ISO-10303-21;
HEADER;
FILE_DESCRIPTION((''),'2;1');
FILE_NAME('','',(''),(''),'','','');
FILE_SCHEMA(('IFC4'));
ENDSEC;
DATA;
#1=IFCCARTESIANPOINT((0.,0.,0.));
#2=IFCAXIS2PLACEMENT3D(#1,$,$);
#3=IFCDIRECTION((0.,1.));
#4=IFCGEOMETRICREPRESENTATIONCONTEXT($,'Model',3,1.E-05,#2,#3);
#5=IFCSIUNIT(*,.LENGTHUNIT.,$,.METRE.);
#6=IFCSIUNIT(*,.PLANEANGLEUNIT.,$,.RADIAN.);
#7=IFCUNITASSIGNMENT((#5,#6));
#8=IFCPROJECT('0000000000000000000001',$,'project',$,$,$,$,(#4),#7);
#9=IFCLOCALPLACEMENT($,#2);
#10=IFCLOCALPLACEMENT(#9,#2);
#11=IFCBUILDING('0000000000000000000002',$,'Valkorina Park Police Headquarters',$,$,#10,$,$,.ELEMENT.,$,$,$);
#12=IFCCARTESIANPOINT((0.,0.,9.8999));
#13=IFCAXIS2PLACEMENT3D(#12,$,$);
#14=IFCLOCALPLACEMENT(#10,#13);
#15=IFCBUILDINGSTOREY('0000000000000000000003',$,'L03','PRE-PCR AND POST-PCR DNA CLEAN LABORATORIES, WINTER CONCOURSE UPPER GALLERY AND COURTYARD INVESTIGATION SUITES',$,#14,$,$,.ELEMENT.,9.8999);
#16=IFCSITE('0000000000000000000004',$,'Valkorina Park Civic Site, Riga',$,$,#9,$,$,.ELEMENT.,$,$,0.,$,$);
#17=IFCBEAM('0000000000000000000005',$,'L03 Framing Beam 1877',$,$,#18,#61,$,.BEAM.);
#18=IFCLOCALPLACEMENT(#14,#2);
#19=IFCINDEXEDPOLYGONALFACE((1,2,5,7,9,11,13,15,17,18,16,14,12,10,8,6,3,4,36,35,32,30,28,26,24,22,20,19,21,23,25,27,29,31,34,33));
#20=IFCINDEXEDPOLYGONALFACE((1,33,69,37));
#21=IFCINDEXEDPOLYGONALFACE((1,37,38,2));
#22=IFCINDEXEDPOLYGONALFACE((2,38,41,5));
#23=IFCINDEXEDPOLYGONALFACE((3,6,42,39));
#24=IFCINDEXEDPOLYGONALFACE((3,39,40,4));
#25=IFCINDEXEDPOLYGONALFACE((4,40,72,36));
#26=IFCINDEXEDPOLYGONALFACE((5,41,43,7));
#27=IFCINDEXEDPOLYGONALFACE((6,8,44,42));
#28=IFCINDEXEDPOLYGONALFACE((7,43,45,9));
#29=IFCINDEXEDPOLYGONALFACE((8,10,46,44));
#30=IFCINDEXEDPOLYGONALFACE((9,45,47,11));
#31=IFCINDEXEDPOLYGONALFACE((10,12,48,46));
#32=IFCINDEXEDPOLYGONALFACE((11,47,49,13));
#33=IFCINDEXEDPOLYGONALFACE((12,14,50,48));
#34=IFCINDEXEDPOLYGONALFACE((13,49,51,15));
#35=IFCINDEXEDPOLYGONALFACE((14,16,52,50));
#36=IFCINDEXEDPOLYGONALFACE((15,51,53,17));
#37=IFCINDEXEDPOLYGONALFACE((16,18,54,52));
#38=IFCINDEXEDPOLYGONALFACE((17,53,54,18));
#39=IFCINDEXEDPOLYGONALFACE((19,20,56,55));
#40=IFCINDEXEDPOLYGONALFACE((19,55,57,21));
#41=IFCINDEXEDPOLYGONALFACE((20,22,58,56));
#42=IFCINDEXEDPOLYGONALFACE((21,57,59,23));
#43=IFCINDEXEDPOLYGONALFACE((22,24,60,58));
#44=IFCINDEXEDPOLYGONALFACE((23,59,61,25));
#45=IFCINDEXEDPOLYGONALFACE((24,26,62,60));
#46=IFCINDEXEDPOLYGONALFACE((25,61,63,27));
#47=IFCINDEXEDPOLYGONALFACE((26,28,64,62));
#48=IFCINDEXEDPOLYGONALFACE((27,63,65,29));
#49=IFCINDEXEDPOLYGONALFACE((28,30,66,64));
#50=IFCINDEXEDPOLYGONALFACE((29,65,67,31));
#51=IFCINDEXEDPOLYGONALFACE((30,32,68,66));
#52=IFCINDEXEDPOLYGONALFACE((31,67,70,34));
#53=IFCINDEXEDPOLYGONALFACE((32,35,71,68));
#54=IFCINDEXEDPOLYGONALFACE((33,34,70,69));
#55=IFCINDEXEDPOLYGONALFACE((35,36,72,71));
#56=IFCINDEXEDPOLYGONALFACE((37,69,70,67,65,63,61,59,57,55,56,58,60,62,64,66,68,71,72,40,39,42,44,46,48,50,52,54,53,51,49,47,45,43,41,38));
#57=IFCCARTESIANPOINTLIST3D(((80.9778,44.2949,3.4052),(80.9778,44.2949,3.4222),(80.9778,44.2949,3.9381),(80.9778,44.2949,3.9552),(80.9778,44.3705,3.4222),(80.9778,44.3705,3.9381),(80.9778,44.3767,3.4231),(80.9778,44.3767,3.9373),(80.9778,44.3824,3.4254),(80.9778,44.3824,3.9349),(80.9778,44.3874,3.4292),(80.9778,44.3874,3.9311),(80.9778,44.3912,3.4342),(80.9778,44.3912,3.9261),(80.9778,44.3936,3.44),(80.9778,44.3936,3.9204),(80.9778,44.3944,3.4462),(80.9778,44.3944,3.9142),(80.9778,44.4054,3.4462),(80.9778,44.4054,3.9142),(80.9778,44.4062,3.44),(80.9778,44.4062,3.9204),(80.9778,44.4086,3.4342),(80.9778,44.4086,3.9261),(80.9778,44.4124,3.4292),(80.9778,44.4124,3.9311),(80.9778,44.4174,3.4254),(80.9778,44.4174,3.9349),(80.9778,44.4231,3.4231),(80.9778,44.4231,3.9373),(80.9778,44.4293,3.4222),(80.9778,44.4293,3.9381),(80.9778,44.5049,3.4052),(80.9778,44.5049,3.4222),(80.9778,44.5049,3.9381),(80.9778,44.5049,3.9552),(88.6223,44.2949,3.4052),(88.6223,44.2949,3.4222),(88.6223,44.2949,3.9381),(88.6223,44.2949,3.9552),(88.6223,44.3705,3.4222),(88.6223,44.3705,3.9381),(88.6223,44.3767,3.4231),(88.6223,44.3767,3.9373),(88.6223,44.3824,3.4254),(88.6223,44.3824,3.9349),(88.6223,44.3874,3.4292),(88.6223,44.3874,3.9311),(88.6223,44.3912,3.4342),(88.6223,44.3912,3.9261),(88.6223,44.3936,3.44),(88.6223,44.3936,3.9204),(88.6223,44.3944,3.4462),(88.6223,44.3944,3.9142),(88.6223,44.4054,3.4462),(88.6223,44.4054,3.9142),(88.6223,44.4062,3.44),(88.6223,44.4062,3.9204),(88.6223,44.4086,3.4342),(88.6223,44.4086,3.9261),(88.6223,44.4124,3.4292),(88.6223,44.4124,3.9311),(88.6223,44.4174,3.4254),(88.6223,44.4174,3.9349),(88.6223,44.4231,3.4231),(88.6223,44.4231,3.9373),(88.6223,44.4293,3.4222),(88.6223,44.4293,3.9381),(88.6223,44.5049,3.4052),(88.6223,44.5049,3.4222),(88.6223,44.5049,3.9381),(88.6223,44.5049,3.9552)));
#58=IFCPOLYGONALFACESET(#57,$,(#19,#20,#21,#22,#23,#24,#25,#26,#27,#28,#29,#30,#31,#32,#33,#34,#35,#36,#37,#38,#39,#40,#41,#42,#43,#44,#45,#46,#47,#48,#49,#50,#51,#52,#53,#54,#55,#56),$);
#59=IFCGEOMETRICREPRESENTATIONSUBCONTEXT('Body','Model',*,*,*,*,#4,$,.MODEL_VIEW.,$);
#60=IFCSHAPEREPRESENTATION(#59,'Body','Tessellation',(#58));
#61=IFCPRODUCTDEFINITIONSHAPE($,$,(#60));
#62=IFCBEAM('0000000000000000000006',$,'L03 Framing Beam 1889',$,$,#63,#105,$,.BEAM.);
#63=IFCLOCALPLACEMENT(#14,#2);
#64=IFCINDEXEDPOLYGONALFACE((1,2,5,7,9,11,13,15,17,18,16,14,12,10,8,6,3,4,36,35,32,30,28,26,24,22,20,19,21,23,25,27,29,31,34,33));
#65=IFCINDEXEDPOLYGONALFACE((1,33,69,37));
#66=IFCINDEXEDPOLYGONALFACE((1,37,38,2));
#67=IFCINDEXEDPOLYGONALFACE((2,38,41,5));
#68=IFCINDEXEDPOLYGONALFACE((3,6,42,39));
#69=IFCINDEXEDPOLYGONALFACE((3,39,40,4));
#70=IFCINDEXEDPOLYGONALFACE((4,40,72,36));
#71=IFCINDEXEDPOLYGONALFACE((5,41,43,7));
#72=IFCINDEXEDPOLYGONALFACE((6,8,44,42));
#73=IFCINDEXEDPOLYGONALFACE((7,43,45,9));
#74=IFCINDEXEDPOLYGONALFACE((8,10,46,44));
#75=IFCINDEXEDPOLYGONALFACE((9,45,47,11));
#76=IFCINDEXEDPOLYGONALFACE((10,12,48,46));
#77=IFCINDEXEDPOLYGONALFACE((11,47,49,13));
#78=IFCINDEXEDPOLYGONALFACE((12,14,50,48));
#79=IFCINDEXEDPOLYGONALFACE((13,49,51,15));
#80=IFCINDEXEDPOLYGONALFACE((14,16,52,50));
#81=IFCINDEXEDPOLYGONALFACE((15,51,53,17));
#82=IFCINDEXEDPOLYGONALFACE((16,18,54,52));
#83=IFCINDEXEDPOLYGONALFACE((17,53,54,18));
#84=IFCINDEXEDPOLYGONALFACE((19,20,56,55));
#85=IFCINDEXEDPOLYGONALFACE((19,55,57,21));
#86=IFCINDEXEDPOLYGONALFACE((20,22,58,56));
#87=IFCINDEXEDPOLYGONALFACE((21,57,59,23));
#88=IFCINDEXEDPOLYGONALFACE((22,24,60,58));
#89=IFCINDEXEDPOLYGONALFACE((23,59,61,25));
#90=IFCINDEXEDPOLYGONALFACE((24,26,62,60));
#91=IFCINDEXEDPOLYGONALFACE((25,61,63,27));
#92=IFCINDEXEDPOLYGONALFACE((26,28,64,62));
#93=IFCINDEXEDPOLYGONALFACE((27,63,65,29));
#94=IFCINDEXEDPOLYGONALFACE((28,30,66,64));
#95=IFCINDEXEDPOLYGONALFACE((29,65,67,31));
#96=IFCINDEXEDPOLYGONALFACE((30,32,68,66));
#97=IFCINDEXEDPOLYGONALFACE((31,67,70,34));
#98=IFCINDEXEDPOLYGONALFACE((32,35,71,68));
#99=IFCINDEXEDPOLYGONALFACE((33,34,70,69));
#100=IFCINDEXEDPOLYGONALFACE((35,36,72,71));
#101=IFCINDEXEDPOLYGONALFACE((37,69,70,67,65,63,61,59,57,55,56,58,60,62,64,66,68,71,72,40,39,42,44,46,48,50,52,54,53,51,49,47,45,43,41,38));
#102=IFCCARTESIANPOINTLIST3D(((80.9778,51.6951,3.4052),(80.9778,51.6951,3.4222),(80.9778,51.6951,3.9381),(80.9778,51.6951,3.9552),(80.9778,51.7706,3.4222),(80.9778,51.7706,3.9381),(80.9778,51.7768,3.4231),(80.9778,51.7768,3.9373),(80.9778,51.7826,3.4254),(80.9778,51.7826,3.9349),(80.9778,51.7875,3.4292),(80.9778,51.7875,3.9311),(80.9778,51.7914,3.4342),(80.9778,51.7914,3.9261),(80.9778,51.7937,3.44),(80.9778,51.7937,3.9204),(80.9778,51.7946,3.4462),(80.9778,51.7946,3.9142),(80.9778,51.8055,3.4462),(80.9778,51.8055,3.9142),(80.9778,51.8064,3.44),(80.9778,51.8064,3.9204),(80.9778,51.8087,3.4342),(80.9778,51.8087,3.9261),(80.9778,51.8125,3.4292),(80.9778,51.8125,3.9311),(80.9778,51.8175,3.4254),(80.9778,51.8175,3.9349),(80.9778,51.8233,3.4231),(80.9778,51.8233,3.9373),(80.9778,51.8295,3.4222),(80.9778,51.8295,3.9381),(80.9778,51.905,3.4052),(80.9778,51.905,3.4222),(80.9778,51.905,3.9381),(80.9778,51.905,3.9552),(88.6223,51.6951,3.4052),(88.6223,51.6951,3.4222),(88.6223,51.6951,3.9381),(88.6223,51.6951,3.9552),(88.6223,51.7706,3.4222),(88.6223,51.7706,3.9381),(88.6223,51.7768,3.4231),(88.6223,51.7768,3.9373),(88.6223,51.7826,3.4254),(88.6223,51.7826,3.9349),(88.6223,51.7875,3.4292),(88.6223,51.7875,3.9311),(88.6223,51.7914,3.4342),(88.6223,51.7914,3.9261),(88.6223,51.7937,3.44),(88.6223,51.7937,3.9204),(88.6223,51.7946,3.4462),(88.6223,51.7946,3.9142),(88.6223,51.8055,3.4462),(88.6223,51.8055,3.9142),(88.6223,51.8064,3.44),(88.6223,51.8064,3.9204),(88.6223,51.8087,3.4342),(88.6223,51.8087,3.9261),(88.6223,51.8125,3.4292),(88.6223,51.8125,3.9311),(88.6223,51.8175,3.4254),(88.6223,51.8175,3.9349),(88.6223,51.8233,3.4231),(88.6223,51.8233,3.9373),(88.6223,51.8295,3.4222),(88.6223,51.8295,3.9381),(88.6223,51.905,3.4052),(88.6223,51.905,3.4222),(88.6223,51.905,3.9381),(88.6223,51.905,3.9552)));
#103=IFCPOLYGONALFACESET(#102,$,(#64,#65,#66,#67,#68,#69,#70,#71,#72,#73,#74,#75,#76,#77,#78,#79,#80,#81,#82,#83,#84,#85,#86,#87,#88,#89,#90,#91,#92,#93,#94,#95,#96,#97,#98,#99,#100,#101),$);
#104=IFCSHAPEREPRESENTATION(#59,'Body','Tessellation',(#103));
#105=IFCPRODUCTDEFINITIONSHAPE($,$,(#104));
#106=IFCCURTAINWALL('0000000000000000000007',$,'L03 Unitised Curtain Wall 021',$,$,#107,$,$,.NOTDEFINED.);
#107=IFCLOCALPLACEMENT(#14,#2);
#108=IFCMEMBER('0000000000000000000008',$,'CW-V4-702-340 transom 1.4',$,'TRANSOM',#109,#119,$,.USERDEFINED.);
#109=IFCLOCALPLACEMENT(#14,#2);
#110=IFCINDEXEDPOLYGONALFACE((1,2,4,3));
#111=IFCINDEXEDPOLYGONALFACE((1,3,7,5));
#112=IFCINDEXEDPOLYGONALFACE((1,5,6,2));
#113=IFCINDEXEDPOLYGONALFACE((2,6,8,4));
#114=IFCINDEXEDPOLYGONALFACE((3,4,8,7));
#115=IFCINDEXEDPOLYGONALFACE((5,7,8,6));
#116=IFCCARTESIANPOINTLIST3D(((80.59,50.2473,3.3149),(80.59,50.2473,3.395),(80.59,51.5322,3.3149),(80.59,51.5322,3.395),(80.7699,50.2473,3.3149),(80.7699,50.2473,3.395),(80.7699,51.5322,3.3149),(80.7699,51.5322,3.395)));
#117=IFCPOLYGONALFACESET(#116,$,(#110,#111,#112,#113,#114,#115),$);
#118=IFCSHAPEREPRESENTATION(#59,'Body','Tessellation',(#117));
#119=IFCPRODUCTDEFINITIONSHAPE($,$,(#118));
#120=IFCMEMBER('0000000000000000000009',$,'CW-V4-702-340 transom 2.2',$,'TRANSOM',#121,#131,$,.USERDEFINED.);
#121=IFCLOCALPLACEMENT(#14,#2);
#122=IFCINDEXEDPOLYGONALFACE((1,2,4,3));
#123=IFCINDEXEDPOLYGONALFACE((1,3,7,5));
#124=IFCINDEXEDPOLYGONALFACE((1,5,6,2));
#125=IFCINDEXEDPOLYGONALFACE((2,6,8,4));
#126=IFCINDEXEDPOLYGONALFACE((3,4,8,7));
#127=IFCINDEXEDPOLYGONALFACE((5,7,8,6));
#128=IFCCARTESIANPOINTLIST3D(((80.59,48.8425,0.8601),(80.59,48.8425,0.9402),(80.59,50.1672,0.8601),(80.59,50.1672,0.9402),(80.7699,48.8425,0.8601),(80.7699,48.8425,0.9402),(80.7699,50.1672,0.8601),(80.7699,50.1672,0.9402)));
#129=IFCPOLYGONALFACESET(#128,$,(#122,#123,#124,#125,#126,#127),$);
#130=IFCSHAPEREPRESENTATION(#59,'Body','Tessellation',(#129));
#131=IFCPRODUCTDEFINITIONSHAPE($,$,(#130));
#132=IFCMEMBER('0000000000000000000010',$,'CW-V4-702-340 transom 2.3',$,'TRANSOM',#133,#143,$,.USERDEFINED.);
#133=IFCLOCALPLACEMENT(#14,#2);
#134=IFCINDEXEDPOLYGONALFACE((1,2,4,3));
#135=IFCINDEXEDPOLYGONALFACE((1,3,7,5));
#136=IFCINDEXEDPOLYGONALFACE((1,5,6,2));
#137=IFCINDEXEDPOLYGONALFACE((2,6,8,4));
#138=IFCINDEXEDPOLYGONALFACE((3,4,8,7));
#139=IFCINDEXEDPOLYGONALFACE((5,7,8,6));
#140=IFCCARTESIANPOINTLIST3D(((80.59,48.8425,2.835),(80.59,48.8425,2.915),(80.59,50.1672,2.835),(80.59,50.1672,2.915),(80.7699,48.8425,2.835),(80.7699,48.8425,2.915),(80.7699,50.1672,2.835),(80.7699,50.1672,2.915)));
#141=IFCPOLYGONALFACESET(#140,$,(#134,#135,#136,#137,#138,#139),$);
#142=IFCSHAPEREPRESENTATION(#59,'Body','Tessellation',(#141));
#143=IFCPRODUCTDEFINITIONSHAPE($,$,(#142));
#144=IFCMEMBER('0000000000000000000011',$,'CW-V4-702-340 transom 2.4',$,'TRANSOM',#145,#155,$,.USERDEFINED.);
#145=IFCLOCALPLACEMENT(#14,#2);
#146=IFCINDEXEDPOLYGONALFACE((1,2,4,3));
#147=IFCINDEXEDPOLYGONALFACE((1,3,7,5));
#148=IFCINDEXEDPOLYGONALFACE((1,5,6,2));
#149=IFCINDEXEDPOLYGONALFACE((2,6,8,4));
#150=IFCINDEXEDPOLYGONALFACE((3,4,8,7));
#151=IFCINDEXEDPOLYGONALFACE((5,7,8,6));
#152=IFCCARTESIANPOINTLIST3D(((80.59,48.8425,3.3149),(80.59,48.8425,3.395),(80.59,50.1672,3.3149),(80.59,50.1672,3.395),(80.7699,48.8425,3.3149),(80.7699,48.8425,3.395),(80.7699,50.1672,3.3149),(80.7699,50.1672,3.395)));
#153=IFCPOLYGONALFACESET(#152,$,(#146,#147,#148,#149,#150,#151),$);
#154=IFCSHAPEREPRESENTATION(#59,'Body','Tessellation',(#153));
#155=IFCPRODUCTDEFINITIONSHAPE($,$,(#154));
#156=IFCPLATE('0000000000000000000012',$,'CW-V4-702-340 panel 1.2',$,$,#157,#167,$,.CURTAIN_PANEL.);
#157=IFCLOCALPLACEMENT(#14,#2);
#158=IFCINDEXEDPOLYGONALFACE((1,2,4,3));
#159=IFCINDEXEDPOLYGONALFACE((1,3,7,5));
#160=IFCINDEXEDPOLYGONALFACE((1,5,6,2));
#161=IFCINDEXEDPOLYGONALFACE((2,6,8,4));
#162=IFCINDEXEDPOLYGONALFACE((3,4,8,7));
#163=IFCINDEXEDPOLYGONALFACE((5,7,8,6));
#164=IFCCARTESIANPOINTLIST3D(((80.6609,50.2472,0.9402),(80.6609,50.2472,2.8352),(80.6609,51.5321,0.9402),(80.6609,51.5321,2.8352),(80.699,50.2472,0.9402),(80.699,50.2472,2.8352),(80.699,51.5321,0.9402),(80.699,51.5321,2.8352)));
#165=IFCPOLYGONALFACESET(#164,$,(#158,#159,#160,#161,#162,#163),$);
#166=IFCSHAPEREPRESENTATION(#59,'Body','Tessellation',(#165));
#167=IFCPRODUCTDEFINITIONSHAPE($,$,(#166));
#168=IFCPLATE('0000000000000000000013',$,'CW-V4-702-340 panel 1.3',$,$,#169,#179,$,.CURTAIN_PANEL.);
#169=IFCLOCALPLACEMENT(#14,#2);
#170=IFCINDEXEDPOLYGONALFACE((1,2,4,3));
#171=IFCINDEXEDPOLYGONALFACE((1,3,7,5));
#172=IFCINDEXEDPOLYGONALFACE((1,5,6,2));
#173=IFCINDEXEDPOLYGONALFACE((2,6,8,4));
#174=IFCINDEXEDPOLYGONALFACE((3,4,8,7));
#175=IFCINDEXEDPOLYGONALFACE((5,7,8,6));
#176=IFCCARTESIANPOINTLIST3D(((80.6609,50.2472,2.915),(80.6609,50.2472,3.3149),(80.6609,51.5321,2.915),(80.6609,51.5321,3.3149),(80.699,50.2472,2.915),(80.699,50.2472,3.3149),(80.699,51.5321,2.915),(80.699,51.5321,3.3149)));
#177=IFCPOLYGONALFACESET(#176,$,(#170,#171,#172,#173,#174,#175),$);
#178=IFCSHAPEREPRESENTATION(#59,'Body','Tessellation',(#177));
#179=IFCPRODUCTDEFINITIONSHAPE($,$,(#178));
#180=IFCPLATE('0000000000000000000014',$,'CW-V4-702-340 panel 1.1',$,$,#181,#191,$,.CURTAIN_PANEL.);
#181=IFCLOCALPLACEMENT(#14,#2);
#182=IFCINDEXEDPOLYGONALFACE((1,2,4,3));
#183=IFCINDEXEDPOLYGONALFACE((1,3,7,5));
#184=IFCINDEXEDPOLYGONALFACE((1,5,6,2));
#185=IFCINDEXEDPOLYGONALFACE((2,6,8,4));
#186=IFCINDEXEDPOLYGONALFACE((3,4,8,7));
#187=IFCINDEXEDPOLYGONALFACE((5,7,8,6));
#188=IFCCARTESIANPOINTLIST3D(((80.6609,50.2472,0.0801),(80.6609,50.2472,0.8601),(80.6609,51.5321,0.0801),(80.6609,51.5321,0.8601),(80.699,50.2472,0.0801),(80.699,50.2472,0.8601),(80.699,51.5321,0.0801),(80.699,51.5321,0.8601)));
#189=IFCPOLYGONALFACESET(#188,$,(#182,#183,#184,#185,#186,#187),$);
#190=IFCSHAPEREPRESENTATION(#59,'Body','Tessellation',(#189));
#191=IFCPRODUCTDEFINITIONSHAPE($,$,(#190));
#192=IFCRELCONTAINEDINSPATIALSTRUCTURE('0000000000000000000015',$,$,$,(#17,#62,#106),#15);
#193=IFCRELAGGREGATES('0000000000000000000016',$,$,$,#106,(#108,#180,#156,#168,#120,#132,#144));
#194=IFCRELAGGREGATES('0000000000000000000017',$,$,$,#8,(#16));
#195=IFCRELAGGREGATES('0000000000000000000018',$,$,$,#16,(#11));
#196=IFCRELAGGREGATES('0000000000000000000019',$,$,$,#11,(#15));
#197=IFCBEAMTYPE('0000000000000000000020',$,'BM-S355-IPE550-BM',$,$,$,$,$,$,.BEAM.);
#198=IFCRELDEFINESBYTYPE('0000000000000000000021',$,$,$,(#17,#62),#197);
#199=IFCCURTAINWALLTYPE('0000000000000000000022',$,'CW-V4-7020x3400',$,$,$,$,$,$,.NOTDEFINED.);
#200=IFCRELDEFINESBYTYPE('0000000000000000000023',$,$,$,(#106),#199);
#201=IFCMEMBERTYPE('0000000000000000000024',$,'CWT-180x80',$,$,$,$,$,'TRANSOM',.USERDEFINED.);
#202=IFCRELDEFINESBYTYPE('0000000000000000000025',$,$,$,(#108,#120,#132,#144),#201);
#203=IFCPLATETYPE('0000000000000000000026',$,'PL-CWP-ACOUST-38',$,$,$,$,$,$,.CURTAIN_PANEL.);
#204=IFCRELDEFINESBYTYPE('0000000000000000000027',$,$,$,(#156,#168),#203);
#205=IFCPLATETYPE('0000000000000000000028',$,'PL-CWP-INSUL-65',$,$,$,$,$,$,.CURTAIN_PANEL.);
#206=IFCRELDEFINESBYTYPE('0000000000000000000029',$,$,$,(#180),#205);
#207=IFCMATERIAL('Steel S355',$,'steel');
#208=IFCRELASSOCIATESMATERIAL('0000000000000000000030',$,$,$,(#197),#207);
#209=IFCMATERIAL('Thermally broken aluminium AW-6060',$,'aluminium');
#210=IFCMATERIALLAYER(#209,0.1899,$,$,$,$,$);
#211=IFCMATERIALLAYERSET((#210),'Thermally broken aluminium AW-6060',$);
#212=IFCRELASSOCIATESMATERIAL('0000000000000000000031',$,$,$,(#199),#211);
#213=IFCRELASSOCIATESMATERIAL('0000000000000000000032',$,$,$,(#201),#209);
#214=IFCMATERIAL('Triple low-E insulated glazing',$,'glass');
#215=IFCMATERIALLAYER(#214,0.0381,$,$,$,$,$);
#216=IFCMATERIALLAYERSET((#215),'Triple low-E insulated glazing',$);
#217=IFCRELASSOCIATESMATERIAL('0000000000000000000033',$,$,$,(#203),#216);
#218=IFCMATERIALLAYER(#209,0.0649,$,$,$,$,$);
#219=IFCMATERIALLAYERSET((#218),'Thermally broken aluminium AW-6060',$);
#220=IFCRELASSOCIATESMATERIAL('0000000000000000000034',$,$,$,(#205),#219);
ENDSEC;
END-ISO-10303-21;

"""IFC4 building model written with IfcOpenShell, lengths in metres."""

from ifc_helpers import new_model, si_unit, direction, frame, origin, origin_2d, place, context, subcontext, project, spatial, rectangle, i_section, extrude, material, layer, layer_set, material_profile, profile_set, type_object, element, aggregate, save


model = new_model("IFC4")

# Units and contexts
model_context = context("Model", 3, precision=1e-05, world=origin(), true_north=direction((0.0, 1.0)))
body_context = subcontext(model_context, "Body", "Model", "MODEL_VIEW")
ifc_project = project(units=[si_unit("LENGTHUNIT", "METRE"), si_unit("PLANEANGLEUNIT", "RADIAN")], contexts=[model_context])

# Site, building, storey
site_placement = place(None, origin())
site = spatial("IfcSite", under=ifc_project, at=site_placement, Name="Valkorina Park Civic Site, Riga", CompositionType="ELEMENT", RefElevation=0.0)
building_placement = place(site_placement, origin())
building = spatial("IfcBuilding", under=site, at=building_placement, Name="Valkorina Park Police Headquarters", CompositionType="ELEMENT")
storey_placement = place(building_placement, frame((0.0, 0.0, 9.8999)))
storey = spatial("IfcBuildingStorey", under=building, at=storey_placement, Name="L03", Description="PRE-PCR AND POST-PCR DNA CLEAN LABORATORIES, WINTER CONCOURSE UPPER GALLERY AND COURTYARD INVESTIGATION SUITES", CompositionType="ELEMENT", Elevation=9.8999)

# Shared definitions
ifc_material_1 = material(Name="Steel S355", Category="steel")

# Beams
ifc_material_profile_1 = material_profile(ifc_material_1, i_section(OverallWidth=0.21, OverallDepth=0.55, WebThickness=0.011, FlangeThickness=0.0171, FilletRadius=0.0239, at=origin_2d()), Name="IPE 550")
ifc_profile_set_1 = profile_set([ifc_material_profile_1], Name="Steel S355")
beam_type_1 = type_object("IfcBeamType", Name="BM-S355-IPE550-BM", PredefinedType="BEAM", material=ifc_profile_set_1)
for number, where, z_axis, x_axis, name in (
    (1, (80.9778, 44.3999, 3.6802), (1.0, 0.0, 0.0), (0.0, 1.0, 0.0), "L03 Framing Beam 1877"),
    (2, (80.9778, 51.8, 3.6802), (1.0, 0.0, 0.0), (0.0, 1.0, 0.0), "L03 Framing Beam 1889"),
):
    element("IfcBeam", number, at=place(storey_placement, frame(where, z_axis=z_axis, x_axis=x_axis)), inside=storey, type_object=beam_type_1, Name=name, PredefinedType="BEAM", context=body_context, shape_type="SweptSolid", body=[
        extrude(i_section(OverallWidth=0.21, OverallDepth=0.55, WebThickness=0.011, FlangeThickness=0.0171, FilletRadius=0.0239, at=origin_2d()), origin(), (0.0, 0.0, 1.0), 7.6445),
    ])

# Curtain wall, members, plates
ifc_material_2 = material(Name="Thermally broken aluminium AW-6060", Category="aluminium")
ifc_layer_1 = layer(ifc_material_2, 0.1899)
ifc_layer_set_1 = layer_set([ifc_layer_1], Name="Thermally broken aluminium AW-6060")
curtain_wall_type = type_object("IfcCurtainWallType", Name="CW-V4-7020x3400", PredefinedType="NOTDEFINED", material=ifc_layer_set_1)
curtain_wall_placement = place(storey_placement, origin())
curtain_wall = element("IfcCurtainWall", 3, at=curtain_wall_placement, inside=storey, type_object=curtain_wall_type, Name="L03 Unitised Curtain Wall 021", PredefinedType="NOTDEFINED")
ifc_material_profile_2 = material_profile(ifc_material_2, rectangle(XDim=0.1799, YDim=0.0801, at=origin_2d()), Name="CWT-03 180x80")
ifc_profile_set_2 = profile_set([ifc_material_profile_2], Name="Thermally broken aluminium AW-6060")
member_type = type_object("IfcMemberType", Name="CWT-180x80", ElementType="TRANSOM", PredefinedType="USERDEFINED", material=ifc_profile_set_2)
member_1_placement = place(storey_placement, frame((80.6799, 51.5322, 3.355), z_axis=(0.0, -1.0, 0.0), x_axis=(1.0, 0.0, 0.0)))
member_1 = element("IfcMember", 4, at=member_1_placement, type_object=member_type, Name="CW-V4-702-340 transom 1.4", ObjectType="TRANSOM", PredefinedType="USERDEFINED", context=body_context, shape_type="SweptSolid", body=[
    extrude(rectangle(XDim=0.1799, YDim=0.0801, at=origin_2d()), origin(), (0.0, 0.0, 1.0), 1.2849),
])
member_2_placement = place(storey_placement, frame((80.6799, 50.1672, 0.9001), z_axis=(0.0, -1.0, 0.0), x_axis=(1.0, 0.0, 0.0)))
member_2 = element("IfcMember", 5, at=member_2_placement, type_object=member_type, Name="CW-V4-702-340 transom 2.2", ObjectType="TRANSOM", PredefinedType="USERDEFINED", context=body_context, shape_type="SweptSolid", body=[
    extrude(rectangle(XDim=0.1799, YDim=0.0801, at=origin_2d()), origin(), (0.0, 0.0, 1.0), 1.3247),
])
member_3_placement = place(storey_placement, frame((80.6799, 50.1672, 2.875), z_axis=(0.0, -1.0, 0.0), x_axis=(1.0, 0.0, 0.0)))
member_3 = element("IfcMember", 6, at=member_3_placement, type_object=member_type, Name="CW-V4-702-340 transom 2.3", ObjectType="TRANSOM", PredefinedType="USERDEFINED", context=body_context, shape_type="SweptSolid", body=[
    extrude(rectangle(XDim=0.1799, YDim=0.0801, at=origin_2d()), origin(), (0.0, 0.0, 1.0), 1.3247),
])
member_4_placement = place(storey_placement, frame((80.6799, 50.1672, 3.355), z_axis=(0.0, -1.0, 0.0), x_axis=(1.0, 0.0, 0.0)))
member_4 = element("IfcMember", 7, at=member_4_placement, type_object=member_type, Name="CW-V4-702-340 transom 2.4", ObjectType="TRANSOM", PredefinedType="USERDEFINED", context=body_context, shape_type="SweptSolid", body=[
    extrude(rectangle(XDim=0.1799, YDim=0.0801, at=origin_2d()), origin(), (0.0, 0.0, 1.0), 1.3247),
])
ifc_material_3 = material(Name="Triple low-E insulated glazing", Category="glass")
ifc_layer_2 = layer(ifc_material_3, 0.0381)
ifc_layer_set_2 = layer_set([ifc_layer_2], Name="Triple low-E insulated glazing")
plate_type_1 = type_object("IfcPlateType", Name="PL-CWP-ACOUST-38", PredefinedType="CURTAIN_PANEL", material=ifc_layer_set_2)
plate_1_placement = place(storey_placement, frame((80.6799, 50.8896, 0.9402), z_axis=(0.0, 0.0, 1.0), x_axis=(0.0, -1.0, 0.0)))
plate_1 = element("IfcPlate", 8, at=plate_1_placement, type_object=plate_type_1, Name="CW-V4-702-340 panel 1.2", PredefinedType="CURTAIN_PANEL", context=body_context, shape_type="SweptSolid", body=[
    extrude(rectangle(XDim=1.2849, YDim=0.0381, at=origin_2d()), origin(), (0.0, 0.0, 1.0), 1.895),
])
plate_2_placement = place(storey_placement, frame((80.6799, 50.8896, 2.915), z_axis=(0.0, 0.0, 1.0), x_axis=(0.0, -1.0, 0.0)))
plate_2 = element("IfcPlate", 9, at=plate_2_placement, type_object=plate_type_1, Name="CW-V4-702-340 panel 1.3", PredefinedType="CURTAIN_PANEL", context=body_context, shape_type="SweptSolid", body=[
    extrude(rectangle(XDim=1.2849, YDim=0.0381, at=origin_2d()), origin(), (0.0, 0.0, 1.0), 0.3999),
])
ifc_layer_3 = layer(ifc_material_2, 0.0649)
ifc_layer_set_3 = layer_set([ifc_layer_3], Name="Thermally broken aluminium AW-6060")
plate_type_2 = type_object("IfcPlateType", Name="PL-CWP-INSUL-65", PredefinedType="CURTAIN_PANEL", material=ifc_layer_set_3)
plate_3_placement = place(storey_placement, frame((80.6799, 50.8896, 0.0801), z_axis=(0.0, 0.0, 1.0), x_axis=(0.0, -1.0, 0.0)))
plate_3 = element("IfcPlate", 10, at=plate_3_placement, type_object=plate_type_2, Name="CW-V4-702-340 panel 1.1", PredefinedType="CURTAIN_PANEL", context=body_context, shape_type="SweptSolid", body=[
    extrude(rectangle(XDim=1.2849, YDim=0.0381, at=origin_2d()), origin(), (0.0, 0.0, 1.0), 0.78),
])
aggregate(curtain_wall, [member_1, plate_3, plate_1, plate_2, member_2, member_3, member_4])

save(model, "model.ifc")
